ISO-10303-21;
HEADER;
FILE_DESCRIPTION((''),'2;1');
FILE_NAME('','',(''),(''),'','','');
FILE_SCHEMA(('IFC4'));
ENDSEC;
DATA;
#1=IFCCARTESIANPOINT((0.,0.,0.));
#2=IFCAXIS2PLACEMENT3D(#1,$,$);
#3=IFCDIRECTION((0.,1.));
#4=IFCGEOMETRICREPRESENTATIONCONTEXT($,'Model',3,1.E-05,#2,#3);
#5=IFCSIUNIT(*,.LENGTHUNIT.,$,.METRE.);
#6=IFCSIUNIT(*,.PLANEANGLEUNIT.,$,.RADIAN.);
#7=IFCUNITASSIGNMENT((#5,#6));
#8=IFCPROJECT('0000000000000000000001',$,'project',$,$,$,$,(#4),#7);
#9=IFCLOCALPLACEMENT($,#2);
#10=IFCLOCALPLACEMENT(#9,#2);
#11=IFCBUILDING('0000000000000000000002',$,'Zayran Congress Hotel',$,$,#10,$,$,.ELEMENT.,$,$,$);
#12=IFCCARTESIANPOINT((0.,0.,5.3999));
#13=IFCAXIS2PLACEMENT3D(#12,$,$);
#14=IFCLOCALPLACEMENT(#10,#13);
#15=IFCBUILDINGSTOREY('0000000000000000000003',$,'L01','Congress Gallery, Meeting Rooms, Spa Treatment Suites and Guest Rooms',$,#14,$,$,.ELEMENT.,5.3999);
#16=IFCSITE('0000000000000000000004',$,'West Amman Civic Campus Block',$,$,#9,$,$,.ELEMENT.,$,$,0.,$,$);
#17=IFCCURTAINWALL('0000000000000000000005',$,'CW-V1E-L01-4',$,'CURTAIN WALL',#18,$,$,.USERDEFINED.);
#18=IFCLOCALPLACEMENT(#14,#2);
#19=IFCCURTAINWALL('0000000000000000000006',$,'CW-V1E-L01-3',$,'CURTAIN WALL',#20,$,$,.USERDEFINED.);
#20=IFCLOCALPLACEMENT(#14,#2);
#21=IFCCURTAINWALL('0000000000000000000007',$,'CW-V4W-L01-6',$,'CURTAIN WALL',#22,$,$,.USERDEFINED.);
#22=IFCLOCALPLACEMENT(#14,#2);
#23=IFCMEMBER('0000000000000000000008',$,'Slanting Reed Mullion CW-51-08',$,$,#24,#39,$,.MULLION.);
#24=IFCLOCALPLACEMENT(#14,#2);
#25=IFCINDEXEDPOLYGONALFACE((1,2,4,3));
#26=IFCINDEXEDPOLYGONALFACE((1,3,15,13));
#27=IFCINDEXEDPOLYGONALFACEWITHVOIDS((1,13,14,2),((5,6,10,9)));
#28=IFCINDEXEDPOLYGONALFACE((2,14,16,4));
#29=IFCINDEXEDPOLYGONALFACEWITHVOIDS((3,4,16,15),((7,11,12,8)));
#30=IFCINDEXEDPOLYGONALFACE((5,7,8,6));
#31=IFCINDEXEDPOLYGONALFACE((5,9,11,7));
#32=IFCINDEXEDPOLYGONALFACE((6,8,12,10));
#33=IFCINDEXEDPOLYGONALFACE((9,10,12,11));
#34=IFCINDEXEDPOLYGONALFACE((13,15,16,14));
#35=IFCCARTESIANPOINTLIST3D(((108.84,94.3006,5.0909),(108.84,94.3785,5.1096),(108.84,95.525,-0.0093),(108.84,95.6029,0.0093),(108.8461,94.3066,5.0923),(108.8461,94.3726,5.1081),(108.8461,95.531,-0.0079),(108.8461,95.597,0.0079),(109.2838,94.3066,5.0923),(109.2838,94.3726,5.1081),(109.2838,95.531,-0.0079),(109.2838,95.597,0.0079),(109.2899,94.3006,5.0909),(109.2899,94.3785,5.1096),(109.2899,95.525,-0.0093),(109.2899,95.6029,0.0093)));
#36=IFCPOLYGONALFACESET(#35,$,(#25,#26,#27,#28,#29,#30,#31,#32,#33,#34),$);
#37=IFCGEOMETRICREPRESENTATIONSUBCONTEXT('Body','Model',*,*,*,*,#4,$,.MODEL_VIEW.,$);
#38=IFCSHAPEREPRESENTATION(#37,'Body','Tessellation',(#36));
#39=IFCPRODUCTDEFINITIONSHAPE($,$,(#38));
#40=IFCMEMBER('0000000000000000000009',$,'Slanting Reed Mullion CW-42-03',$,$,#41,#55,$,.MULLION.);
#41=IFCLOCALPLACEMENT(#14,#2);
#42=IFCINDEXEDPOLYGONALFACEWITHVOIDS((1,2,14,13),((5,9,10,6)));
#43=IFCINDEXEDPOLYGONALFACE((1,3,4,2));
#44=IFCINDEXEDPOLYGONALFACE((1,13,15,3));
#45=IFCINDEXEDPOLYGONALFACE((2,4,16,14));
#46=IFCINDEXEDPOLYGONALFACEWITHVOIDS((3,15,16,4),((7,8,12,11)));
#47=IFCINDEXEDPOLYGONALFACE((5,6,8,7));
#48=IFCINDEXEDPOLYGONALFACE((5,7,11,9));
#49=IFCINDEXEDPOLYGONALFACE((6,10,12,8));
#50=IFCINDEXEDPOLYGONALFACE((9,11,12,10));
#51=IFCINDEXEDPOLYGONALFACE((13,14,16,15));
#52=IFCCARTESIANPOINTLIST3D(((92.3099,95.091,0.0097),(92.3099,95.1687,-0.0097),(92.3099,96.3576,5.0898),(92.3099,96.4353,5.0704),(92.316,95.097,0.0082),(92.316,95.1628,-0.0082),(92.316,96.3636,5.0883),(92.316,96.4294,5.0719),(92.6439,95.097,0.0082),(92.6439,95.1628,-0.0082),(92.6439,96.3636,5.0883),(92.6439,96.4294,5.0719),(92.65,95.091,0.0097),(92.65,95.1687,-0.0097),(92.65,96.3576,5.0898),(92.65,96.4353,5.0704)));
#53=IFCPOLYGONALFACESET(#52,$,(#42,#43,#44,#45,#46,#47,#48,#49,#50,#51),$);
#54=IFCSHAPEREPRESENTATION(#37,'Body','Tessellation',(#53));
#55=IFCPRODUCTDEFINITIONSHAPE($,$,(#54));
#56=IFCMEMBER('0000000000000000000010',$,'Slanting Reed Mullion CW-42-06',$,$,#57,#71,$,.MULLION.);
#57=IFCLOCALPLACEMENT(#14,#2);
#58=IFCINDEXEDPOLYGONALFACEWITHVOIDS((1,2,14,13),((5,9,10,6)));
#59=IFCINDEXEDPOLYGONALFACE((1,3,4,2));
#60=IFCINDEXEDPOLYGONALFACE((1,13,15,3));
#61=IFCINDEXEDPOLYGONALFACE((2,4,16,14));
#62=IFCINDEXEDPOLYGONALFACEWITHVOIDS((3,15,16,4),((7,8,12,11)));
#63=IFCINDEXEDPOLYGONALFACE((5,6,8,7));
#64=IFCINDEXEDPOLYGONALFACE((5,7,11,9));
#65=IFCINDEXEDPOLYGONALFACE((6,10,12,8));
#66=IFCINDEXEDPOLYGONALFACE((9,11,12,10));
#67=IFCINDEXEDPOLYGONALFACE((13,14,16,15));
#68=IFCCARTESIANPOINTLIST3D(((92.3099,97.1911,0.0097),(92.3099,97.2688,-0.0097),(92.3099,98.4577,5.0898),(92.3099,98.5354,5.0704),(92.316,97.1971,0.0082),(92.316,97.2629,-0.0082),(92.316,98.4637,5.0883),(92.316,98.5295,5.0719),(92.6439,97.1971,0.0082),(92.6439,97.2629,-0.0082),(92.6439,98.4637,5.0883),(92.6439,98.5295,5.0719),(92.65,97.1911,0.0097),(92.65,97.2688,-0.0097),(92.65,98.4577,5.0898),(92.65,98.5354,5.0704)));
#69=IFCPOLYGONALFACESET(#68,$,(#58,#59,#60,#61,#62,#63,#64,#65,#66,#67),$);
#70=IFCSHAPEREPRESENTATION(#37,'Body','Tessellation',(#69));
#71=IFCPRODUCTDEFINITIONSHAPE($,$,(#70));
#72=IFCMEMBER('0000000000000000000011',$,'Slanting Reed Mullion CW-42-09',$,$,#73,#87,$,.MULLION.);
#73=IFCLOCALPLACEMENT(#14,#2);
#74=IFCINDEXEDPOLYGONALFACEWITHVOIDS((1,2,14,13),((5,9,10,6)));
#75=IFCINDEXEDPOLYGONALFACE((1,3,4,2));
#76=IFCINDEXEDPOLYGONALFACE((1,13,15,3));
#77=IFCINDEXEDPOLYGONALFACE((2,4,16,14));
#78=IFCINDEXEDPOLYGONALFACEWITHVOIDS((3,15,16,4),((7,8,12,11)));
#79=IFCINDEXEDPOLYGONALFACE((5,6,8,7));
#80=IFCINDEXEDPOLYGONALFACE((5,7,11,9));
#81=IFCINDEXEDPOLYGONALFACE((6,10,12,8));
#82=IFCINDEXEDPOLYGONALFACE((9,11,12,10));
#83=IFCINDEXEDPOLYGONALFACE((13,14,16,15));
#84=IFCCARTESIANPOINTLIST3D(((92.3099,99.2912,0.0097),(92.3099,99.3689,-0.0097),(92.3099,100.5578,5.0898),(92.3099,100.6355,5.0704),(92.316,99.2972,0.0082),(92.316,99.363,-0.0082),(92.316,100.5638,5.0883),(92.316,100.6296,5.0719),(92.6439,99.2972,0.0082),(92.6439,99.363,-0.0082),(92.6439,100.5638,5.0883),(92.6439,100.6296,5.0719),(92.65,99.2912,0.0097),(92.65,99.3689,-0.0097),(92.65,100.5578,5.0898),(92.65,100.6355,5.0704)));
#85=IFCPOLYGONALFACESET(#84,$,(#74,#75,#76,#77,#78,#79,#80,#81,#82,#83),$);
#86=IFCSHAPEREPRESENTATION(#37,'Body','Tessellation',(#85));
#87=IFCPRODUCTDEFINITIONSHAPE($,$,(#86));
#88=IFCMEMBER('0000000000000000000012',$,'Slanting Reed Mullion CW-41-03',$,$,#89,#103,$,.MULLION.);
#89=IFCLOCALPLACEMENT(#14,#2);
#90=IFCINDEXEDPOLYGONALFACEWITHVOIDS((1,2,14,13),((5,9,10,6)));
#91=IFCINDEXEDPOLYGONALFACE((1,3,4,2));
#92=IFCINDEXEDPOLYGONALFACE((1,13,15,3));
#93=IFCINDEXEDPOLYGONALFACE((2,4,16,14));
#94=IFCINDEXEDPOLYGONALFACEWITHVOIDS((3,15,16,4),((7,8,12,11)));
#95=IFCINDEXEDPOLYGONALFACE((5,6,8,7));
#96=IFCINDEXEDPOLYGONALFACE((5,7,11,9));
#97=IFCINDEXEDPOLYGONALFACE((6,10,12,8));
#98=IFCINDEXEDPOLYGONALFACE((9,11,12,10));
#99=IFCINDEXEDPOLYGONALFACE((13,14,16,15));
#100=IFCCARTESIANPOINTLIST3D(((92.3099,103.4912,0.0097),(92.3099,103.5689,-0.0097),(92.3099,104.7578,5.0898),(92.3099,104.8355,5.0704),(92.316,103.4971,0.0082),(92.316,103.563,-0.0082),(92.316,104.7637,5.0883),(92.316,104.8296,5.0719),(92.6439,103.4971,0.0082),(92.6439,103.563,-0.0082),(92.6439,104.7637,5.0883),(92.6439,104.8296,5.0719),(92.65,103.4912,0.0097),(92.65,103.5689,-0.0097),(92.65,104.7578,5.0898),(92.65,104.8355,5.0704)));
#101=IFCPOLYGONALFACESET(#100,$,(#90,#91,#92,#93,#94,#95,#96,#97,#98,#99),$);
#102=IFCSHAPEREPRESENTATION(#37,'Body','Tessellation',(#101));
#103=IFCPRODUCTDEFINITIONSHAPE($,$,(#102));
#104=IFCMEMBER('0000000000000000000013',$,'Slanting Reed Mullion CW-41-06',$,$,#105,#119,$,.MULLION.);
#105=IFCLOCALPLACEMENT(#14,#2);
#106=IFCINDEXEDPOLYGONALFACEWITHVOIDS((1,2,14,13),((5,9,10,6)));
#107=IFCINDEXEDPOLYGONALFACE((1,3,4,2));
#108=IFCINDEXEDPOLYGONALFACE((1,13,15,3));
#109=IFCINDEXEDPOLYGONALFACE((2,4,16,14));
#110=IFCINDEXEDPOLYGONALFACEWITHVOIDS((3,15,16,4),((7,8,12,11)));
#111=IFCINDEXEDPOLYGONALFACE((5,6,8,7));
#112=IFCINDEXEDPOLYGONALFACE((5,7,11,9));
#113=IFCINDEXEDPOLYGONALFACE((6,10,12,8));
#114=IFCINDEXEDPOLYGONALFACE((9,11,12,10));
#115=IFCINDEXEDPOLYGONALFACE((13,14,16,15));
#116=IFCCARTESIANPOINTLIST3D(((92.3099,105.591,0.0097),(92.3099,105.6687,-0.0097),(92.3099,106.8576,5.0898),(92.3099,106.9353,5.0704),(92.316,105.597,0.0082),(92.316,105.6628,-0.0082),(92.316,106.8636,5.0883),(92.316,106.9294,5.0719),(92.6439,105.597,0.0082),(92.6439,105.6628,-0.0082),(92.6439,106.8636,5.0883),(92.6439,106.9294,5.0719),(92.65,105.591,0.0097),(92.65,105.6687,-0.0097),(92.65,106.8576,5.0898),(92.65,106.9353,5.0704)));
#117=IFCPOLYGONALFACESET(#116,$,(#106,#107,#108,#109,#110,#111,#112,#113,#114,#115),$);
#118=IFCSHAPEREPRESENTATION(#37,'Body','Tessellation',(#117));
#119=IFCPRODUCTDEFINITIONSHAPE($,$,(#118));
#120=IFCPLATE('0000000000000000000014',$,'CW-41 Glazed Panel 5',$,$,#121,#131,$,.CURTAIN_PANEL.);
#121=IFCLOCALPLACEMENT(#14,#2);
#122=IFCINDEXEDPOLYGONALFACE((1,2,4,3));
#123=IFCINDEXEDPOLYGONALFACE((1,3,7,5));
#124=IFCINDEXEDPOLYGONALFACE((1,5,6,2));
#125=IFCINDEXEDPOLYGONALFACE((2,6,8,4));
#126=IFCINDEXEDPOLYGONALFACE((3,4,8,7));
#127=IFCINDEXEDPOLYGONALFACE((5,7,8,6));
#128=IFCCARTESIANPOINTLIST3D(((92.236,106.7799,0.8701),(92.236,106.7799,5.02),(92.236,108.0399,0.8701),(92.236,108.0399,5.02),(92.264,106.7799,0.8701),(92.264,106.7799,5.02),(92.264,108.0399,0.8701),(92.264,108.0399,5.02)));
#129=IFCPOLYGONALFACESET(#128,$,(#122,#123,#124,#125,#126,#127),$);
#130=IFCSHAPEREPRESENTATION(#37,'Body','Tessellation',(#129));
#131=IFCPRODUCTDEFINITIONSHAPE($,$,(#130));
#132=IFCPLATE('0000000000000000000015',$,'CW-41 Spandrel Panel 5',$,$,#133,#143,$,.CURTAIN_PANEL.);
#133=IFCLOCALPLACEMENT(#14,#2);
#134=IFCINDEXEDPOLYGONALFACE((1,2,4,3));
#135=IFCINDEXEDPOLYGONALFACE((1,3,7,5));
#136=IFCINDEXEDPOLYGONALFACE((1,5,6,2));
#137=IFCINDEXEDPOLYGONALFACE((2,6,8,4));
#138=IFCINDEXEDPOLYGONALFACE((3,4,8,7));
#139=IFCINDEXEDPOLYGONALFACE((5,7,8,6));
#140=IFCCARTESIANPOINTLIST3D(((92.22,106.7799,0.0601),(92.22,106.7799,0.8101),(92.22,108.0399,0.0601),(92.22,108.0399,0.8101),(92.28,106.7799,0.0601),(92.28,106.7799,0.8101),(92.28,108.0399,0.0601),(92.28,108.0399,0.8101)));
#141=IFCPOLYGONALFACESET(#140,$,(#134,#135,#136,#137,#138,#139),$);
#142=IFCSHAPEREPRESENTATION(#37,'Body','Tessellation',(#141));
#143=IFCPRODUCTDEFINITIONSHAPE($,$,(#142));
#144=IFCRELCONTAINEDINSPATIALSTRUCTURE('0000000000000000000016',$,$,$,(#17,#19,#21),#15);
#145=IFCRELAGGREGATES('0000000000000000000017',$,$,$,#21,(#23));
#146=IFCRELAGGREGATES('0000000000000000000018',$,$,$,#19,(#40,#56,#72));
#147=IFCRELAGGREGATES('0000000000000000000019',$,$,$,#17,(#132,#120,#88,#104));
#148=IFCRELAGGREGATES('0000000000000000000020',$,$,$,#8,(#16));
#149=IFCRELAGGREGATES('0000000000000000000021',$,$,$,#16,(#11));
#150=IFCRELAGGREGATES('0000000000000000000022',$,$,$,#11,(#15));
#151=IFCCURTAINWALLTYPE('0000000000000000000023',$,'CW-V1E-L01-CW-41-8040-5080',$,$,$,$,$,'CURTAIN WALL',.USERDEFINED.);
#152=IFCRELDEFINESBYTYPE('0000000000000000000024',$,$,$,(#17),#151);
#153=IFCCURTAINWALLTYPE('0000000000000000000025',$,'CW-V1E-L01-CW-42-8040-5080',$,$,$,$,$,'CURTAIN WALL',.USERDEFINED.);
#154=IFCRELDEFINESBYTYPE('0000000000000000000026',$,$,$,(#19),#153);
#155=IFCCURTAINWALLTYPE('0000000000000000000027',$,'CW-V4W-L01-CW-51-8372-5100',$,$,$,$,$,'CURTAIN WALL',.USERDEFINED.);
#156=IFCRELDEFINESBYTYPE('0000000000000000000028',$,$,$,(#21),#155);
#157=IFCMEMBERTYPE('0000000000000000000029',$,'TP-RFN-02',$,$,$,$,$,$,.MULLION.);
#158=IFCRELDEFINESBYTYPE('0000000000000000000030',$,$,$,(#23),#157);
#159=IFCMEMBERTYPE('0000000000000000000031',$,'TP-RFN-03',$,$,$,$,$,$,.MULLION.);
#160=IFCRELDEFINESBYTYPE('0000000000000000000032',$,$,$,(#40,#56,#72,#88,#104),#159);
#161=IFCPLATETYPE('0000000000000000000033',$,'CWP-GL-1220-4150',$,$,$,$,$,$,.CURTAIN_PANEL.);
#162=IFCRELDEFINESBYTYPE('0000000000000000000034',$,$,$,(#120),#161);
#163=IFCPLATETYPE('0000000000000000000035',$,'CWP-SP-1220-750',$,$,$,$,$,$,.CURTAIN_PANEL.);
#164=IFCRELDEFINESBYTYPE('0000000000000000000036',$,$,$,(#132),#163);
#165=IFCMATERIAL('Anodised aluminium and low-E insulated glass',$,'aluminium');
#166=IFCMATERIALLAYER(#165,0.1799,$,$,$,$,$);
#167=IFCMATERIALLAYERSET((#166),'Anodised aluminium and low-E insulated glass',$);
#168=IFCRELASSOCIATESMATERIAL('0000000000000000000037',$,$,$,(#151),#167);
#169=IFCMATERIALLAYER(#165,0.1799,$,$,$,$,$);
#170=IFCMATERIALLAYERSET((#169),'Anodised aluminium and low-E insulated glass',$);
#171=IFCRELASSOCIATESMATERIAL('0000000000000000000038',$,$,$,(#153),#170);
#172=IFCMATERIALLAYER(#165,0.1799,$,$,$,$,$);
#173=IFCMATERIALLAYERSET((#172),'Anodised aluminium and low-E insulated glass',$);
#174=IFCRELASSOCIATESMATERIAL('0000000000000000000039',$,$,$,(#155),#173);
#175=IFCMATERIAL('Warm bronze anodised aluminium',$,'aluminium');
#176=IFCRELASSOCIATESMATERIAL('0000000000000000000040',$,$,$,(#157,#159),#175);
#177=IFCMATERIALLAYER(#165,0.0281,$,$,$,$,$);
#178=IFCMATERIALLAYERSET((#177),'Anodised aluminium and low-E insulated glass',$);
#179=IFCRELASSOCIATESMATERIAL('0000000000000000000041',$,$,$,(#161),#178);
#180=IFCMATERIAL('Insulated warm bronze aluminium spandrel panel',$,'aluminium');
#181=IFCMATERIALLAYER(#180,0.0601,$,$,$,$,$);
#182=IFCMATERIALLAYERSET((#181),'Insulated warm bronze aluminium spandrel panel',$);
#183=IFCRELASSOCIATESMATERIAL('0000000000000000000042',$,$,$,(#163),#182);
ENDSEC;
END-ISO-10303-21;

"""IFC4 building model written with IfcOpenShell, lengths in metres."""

from ifc_helpers import new_model, si_unit, direction, frame, origin, origin_2d, place, context, subcontext, project, spatial, rectangle, hollow_rectangle, extrude, material, layer, layer_set, material_profile, profile_set, type_object, element, aggregate, save


model = new_model("IFC4")

# Units and contexts
model_context = context("Model", 3, precision=1e-05, world=origin(), true_north=direction((0.0, 1.0)))
body_context = subcontext(model_context, "Body", "Model", "MODEL_VIEW")
ifc_project = project(units=[si_unit("LENGTHUNIT", "METRE"), si_unit("PLANEANGLEUNIT", "RADIAN")], contexts=[model_context])

# Site, building, storey
site_placement = place(None, origin())
site = spatial("IfcSite", under=ifc_project, at=site_placement, Name="West Amman Civic Campus Block", CompositionType="ELEMENT", RefElevation=0.0)
building_placement = place(site_placement, origin())
building = spatial("IfcBuilding", under=site, at=building_placement, Name="Zayran Congress Hotel", CompositionType="ELEMENT")
storey_placement = place(building_placement, frame((0.0, 0.0, 5.3999)))
storey = spatial("IfcBuildingStorey", under=building, at=storey_placement, Name="L01", Description="Congress Gallery, Meeting Rooms, Spa Treatment Suites and Guest Rooms", CompositionType="ELEMENT", Elevation=5.3999)

# Curtain walls
ifc_material_1 = material(Name="Anodised aluminium and low-E insulated glass", Category="aluminium")
ifc_layer_1 = layer(ifc_material_1, 0.1799)
ifc_layer_set_1 = layer_set([ifc_layer_1], Name="Anodised aluminium and low-E insulated glass")
curtain_wall_type_1 = type_object("IfcCurtainWallType", Name="CW-V1E-L01-CW-41-8040-5080", ElementType="CURTAIN WALL", PredefinedType="USERDEFINED", material=ifc_layer_set_1)
curtain_wall_1_placement = place(storey_placement, origin())
curtain_wall_1 = element("IfcCurtainWall", 1, at=curtain_wall_1_placement, inside=storey, type_object=curtain_wall_type_1, Name="CW-V1E-L01-4", ObjectType="CURTAIN WALL", PredefinedType="USERDEFINED")
ifc_layer_2 = layer(ifc_material_1, 0.1799)
ifc_layer_set_2 = layer_set([ifc_layer_2], Name="Anodised aluminium and low-E insulated glass")
curtain_wall_type_2 = type_object("IfcCurtainWallType", Name="CW-V1E-L01-CW-42-8040-5080", ElementType="CURTAIN WALL", PredefinedType="USERDEFINED", material=ifc_layer_set_2)
curtain_wall_2_placement = place(storey_placement, origin())
curtain_wall_2 = element("IfcCurtainWall", 2, at=curtain_wall_2_placement, inside=storey, type_object=curtain_wall_type_2, Name="CW-V1E-L01-3", ObjectType="CURTAIN WALL", PredefinedType="USERDEFINED")
ifc_material_2 = material(Name="Warm bronze anodised aluminium", Category="aluminium")

# Curtain wall
ifc_layer_3 = layer(ifc_material_1, 0.1799)
ifc_layer_set_3 = layer_set([ifc_layer_3], Name="Anodised aluminium and low-E insulated glass")
curtain_wall_type_3 = type_object("IfcCurtainWallType", Name="CW-V4W-L01-CW-51-8372-5100", ElementType="CURTAIN WALL", PredefinedType="USERDEFINED", material=ifc_layer_set_3)
curtain_wall_3_placement = place(storey_placement, origin())
curtain_wall_3 = element("IfcCurtainWall", 3, at=curtain_wall_3_placement, inside=storey, type_object=curtain_wall_type_3, Name="CW-V4W-L01-6", ObjectType="CURTAIN WALL", PredefinedType="USERDEFINED")

# Members
ifc_material_profile_1 = material_profile(ifc_material_2, hollow_rectangle(XDim=0.0801, YDim=0.45, WallThickness=0.0061, at=origin_2d()), Name="RHS 450x80x6")
ifc_profile_set_1 = profile_set([ifc_material_profile_1], Name="Warm bronze anodised aluminium")
member_type_1 = type_object("IfcMemberType", Name="TP-RFN-02", PredefinedType="MULLION", material=ifc_profile_set_1)
member_1_placement = place(storey_placement, frame((109.0649, 95.564, 0.0), z_axis=(0.0, -0.233435, 0.972373), x_axis=(0.0, 0.972373, 0.233435)))
member_1 = element("IfcMember", 4, at=member_1_placement, type_object=member_type_1, Name="Slanting Reed Mullion CW-51-08", PredefinedType="MULLION", context=body_context, shape_type="SweptSolid", body=[
    extrude(hollow_rectangle(XDim=0.0801, YDim=0.45, WallThickness=0.0061, at=origin_2d()), origin(), (0.0, 0.0, 1.0), 5.2451),
])
aggregate(curtain_wall_3, [member_1])
ifc_material_profile_2 = material_profile(ifc_material_2, hollow_rectangle(XDim=0.0801, YDim=0.3401, WallThickness=0.0061, at=origin_2d()), Name="RHS 340x80x6")
ifc_profile_set_2 = profile_set([ifc_material_profile_2], Name="Warm bronze anodised aluminium")
member_type_2 = type_object("IfcMemberType", Name="TP-RFN-03", PredefinedType="MULLION", material=ifc_profile_set_2)
member_2_placement = place(storey_placement, frame((92.48, 95.1299, 0.0), z_axis=(0.0, 0.241921, 0.970296), x_axis=(0.0, -0.970296, 0.241921)))
member_2 = element("IfcMember", 5, at=member_2_placement, type_object=member_type_2, Name="Slanting Reed Mullion CW-42-03", PredefinedType="MULLION", context=body_context, shape_type="SweptSolid", body=[
    extrude(hollow_rectangle(XDim=0.0801, YDim=0.3401, WallThickness=0.0061, at=origin_2d()), origin(), (0.0, 0.0, 1.0), 5.2356),
])
member_3_placement = place(storey_placement, frame((92.48, 97.23, 0.0), z_axis=(0.0, 0.241921, 0.970296), x_axis=(0.0, -0.970296, 0.241921)))
member_3 = element("IfcMember", 6, at=member_3_placement, type_object=member_type_2, Name="Slanting Reed Mullion CW-42-06", PredefinedType="MULLION", context=body_context, shape_type="SweptSolid", body=[
    extrude(hollow_rectangle(XDim=0.0801, YDim=0.3401, WallThickness=0.0061, at=origin_2d()), origin(), (0.0, 0.0, 1.0), 5.2356),
])
member_4_placement = place(storey_placement, frame((92.48, 99.3301, 0.0), z_axis=(0.0, 0.241921, 0.970296), x_axis=(0.0, -0.970296, 0.241921)))
member_4 = element("IfcMember", 7, at=member_4_placement, type_object=member_type_2, Name="Slanting Reed Mullion CW-42-09", PredefinedType="MULLION", context=body_context, shape_type="SweptSolid", body=[
    extrude(hollow_rectangle(XDim=0.0801, YDim=0.3401, WallThickness=0.0061, at=origin_2d()), origin(), (0.0, 0.0, 1.0), 5.2356),
])
aggregate(curtain_wall_2, [member_2, member_3, member_4])
member_5_placement = place(storey_placement, frame((92.48, 103.53, 0.0), z_axis=(0.0, 0.241921, 0.970296), x_axis=(0.0, -0.970296, 0.241921)))
member_5 = element("IfcMember", 8, at=member_5_placement, type_object=member_type_2, Name="Slanting Reed Mullion CW-41-03", PredefinedType="MULLION", context=body_context, shape_type="SweptSolid", body=[
    extrude(hollow_rectangle(XDim=0.0801, YDim=0.3401, WallThickness=0.0061, at=origin_2d()), origin(), (0.0, 0.0, 1.0), 5.2356),
])
member_6_placement = place(storey_placement, frame((92.48, 105.6299, 0.0), z_axis=(0.0, 0.241921, 0.970296), x_axis=(0.0, -0.970296, 0.241921)))
member_6 = element("IfcMember", 9, at=member_6_placement, type_object=member_type_2, Name="Slanting Reed Mullion CW-41-06", PredefinedType="MULLION", context=body_context, shape_type="SweptSolid", body=[
    extrude(hollow_rectangle(XDim=0.0801, YDim=0.3401, WallThickness=0.0061, at=origin_2d()), origin(), (0.0, 0.0, 1.0), 5.2356),
])

# Plates
ifc_layer_4 = layer(ifc_material_1, 0.0281)
ifc_layer_set_4 = layer_set([ifc_layer_4], Name="Anodised aluminium and low-E insulated glass")
plate_type_1 = type_object("IfcPlateType", Name="CWP-GL-1220-4150", PredefinedType="CURTAIN_PANEL", material=ifc_layer_set_4)
plate_1_placement = place(storey_placement, frame((92.25, 107.4099, 0.8701), z_axis=(0.0, 0.0, 1.0), x_axis=(0.0, 1.0, 0.0)))
plate_1 = element("IfcPlate", 10, at=plate_1_placement, type_object=plate_type_1, Name="CW-41 Glazed Panel 5", PredefinedType="CURTAIN_PANEL", context=body_context, shape_type="SweptSolid", body=[
    extrude(rectangle(XDim=1.26, YDim=0.0281, at=origin_2d()), origin(), (0.0, 0.0, 1.0), 4.1499),
])
ifc_material_3 = material(Name="Insulated warm bronze aluminium spandrel panel", Category="aluminium")
ifc_layer_5 = layer(ifc_material_3, 0.0601)
ifc_layer_set_5 = layer_set([ifc_layer_5], Name="Insulated warm bronze aluminium spandrel panel")
plate_type_2 = type_object("IfcPlateType", Name="CWP-SP-1220-750", PredefinedType="CURTAIN_PANEL", material=ifc_layer_set_5)
plate_2_placement = place(storey_placement, frame((92.25, 107.4099, 0.0601), z_axis=(0.0, 0.0, 1.0), x_axis=(0.0, 1.0, 0.0)))
plate_2 = element("IfcPlate", 11, at=plate_2_placement, type_object=plate_type_2, Name="CW-41 Spandrel Panel 5", PredefinedType="CURTAIN_PANEL", context=body_context, shape_type="SweptSolid", body=[
    extrude(rectangle(XDim=1.26, YDim=0.0601, at=origin_2d()), origin(), (0.0, 0.0, 1.0), 0.75),
])
aggregate(curtain_wall_1, [plate_2, plate_1, member_5, member_6])

save(model, "model.ifc")
